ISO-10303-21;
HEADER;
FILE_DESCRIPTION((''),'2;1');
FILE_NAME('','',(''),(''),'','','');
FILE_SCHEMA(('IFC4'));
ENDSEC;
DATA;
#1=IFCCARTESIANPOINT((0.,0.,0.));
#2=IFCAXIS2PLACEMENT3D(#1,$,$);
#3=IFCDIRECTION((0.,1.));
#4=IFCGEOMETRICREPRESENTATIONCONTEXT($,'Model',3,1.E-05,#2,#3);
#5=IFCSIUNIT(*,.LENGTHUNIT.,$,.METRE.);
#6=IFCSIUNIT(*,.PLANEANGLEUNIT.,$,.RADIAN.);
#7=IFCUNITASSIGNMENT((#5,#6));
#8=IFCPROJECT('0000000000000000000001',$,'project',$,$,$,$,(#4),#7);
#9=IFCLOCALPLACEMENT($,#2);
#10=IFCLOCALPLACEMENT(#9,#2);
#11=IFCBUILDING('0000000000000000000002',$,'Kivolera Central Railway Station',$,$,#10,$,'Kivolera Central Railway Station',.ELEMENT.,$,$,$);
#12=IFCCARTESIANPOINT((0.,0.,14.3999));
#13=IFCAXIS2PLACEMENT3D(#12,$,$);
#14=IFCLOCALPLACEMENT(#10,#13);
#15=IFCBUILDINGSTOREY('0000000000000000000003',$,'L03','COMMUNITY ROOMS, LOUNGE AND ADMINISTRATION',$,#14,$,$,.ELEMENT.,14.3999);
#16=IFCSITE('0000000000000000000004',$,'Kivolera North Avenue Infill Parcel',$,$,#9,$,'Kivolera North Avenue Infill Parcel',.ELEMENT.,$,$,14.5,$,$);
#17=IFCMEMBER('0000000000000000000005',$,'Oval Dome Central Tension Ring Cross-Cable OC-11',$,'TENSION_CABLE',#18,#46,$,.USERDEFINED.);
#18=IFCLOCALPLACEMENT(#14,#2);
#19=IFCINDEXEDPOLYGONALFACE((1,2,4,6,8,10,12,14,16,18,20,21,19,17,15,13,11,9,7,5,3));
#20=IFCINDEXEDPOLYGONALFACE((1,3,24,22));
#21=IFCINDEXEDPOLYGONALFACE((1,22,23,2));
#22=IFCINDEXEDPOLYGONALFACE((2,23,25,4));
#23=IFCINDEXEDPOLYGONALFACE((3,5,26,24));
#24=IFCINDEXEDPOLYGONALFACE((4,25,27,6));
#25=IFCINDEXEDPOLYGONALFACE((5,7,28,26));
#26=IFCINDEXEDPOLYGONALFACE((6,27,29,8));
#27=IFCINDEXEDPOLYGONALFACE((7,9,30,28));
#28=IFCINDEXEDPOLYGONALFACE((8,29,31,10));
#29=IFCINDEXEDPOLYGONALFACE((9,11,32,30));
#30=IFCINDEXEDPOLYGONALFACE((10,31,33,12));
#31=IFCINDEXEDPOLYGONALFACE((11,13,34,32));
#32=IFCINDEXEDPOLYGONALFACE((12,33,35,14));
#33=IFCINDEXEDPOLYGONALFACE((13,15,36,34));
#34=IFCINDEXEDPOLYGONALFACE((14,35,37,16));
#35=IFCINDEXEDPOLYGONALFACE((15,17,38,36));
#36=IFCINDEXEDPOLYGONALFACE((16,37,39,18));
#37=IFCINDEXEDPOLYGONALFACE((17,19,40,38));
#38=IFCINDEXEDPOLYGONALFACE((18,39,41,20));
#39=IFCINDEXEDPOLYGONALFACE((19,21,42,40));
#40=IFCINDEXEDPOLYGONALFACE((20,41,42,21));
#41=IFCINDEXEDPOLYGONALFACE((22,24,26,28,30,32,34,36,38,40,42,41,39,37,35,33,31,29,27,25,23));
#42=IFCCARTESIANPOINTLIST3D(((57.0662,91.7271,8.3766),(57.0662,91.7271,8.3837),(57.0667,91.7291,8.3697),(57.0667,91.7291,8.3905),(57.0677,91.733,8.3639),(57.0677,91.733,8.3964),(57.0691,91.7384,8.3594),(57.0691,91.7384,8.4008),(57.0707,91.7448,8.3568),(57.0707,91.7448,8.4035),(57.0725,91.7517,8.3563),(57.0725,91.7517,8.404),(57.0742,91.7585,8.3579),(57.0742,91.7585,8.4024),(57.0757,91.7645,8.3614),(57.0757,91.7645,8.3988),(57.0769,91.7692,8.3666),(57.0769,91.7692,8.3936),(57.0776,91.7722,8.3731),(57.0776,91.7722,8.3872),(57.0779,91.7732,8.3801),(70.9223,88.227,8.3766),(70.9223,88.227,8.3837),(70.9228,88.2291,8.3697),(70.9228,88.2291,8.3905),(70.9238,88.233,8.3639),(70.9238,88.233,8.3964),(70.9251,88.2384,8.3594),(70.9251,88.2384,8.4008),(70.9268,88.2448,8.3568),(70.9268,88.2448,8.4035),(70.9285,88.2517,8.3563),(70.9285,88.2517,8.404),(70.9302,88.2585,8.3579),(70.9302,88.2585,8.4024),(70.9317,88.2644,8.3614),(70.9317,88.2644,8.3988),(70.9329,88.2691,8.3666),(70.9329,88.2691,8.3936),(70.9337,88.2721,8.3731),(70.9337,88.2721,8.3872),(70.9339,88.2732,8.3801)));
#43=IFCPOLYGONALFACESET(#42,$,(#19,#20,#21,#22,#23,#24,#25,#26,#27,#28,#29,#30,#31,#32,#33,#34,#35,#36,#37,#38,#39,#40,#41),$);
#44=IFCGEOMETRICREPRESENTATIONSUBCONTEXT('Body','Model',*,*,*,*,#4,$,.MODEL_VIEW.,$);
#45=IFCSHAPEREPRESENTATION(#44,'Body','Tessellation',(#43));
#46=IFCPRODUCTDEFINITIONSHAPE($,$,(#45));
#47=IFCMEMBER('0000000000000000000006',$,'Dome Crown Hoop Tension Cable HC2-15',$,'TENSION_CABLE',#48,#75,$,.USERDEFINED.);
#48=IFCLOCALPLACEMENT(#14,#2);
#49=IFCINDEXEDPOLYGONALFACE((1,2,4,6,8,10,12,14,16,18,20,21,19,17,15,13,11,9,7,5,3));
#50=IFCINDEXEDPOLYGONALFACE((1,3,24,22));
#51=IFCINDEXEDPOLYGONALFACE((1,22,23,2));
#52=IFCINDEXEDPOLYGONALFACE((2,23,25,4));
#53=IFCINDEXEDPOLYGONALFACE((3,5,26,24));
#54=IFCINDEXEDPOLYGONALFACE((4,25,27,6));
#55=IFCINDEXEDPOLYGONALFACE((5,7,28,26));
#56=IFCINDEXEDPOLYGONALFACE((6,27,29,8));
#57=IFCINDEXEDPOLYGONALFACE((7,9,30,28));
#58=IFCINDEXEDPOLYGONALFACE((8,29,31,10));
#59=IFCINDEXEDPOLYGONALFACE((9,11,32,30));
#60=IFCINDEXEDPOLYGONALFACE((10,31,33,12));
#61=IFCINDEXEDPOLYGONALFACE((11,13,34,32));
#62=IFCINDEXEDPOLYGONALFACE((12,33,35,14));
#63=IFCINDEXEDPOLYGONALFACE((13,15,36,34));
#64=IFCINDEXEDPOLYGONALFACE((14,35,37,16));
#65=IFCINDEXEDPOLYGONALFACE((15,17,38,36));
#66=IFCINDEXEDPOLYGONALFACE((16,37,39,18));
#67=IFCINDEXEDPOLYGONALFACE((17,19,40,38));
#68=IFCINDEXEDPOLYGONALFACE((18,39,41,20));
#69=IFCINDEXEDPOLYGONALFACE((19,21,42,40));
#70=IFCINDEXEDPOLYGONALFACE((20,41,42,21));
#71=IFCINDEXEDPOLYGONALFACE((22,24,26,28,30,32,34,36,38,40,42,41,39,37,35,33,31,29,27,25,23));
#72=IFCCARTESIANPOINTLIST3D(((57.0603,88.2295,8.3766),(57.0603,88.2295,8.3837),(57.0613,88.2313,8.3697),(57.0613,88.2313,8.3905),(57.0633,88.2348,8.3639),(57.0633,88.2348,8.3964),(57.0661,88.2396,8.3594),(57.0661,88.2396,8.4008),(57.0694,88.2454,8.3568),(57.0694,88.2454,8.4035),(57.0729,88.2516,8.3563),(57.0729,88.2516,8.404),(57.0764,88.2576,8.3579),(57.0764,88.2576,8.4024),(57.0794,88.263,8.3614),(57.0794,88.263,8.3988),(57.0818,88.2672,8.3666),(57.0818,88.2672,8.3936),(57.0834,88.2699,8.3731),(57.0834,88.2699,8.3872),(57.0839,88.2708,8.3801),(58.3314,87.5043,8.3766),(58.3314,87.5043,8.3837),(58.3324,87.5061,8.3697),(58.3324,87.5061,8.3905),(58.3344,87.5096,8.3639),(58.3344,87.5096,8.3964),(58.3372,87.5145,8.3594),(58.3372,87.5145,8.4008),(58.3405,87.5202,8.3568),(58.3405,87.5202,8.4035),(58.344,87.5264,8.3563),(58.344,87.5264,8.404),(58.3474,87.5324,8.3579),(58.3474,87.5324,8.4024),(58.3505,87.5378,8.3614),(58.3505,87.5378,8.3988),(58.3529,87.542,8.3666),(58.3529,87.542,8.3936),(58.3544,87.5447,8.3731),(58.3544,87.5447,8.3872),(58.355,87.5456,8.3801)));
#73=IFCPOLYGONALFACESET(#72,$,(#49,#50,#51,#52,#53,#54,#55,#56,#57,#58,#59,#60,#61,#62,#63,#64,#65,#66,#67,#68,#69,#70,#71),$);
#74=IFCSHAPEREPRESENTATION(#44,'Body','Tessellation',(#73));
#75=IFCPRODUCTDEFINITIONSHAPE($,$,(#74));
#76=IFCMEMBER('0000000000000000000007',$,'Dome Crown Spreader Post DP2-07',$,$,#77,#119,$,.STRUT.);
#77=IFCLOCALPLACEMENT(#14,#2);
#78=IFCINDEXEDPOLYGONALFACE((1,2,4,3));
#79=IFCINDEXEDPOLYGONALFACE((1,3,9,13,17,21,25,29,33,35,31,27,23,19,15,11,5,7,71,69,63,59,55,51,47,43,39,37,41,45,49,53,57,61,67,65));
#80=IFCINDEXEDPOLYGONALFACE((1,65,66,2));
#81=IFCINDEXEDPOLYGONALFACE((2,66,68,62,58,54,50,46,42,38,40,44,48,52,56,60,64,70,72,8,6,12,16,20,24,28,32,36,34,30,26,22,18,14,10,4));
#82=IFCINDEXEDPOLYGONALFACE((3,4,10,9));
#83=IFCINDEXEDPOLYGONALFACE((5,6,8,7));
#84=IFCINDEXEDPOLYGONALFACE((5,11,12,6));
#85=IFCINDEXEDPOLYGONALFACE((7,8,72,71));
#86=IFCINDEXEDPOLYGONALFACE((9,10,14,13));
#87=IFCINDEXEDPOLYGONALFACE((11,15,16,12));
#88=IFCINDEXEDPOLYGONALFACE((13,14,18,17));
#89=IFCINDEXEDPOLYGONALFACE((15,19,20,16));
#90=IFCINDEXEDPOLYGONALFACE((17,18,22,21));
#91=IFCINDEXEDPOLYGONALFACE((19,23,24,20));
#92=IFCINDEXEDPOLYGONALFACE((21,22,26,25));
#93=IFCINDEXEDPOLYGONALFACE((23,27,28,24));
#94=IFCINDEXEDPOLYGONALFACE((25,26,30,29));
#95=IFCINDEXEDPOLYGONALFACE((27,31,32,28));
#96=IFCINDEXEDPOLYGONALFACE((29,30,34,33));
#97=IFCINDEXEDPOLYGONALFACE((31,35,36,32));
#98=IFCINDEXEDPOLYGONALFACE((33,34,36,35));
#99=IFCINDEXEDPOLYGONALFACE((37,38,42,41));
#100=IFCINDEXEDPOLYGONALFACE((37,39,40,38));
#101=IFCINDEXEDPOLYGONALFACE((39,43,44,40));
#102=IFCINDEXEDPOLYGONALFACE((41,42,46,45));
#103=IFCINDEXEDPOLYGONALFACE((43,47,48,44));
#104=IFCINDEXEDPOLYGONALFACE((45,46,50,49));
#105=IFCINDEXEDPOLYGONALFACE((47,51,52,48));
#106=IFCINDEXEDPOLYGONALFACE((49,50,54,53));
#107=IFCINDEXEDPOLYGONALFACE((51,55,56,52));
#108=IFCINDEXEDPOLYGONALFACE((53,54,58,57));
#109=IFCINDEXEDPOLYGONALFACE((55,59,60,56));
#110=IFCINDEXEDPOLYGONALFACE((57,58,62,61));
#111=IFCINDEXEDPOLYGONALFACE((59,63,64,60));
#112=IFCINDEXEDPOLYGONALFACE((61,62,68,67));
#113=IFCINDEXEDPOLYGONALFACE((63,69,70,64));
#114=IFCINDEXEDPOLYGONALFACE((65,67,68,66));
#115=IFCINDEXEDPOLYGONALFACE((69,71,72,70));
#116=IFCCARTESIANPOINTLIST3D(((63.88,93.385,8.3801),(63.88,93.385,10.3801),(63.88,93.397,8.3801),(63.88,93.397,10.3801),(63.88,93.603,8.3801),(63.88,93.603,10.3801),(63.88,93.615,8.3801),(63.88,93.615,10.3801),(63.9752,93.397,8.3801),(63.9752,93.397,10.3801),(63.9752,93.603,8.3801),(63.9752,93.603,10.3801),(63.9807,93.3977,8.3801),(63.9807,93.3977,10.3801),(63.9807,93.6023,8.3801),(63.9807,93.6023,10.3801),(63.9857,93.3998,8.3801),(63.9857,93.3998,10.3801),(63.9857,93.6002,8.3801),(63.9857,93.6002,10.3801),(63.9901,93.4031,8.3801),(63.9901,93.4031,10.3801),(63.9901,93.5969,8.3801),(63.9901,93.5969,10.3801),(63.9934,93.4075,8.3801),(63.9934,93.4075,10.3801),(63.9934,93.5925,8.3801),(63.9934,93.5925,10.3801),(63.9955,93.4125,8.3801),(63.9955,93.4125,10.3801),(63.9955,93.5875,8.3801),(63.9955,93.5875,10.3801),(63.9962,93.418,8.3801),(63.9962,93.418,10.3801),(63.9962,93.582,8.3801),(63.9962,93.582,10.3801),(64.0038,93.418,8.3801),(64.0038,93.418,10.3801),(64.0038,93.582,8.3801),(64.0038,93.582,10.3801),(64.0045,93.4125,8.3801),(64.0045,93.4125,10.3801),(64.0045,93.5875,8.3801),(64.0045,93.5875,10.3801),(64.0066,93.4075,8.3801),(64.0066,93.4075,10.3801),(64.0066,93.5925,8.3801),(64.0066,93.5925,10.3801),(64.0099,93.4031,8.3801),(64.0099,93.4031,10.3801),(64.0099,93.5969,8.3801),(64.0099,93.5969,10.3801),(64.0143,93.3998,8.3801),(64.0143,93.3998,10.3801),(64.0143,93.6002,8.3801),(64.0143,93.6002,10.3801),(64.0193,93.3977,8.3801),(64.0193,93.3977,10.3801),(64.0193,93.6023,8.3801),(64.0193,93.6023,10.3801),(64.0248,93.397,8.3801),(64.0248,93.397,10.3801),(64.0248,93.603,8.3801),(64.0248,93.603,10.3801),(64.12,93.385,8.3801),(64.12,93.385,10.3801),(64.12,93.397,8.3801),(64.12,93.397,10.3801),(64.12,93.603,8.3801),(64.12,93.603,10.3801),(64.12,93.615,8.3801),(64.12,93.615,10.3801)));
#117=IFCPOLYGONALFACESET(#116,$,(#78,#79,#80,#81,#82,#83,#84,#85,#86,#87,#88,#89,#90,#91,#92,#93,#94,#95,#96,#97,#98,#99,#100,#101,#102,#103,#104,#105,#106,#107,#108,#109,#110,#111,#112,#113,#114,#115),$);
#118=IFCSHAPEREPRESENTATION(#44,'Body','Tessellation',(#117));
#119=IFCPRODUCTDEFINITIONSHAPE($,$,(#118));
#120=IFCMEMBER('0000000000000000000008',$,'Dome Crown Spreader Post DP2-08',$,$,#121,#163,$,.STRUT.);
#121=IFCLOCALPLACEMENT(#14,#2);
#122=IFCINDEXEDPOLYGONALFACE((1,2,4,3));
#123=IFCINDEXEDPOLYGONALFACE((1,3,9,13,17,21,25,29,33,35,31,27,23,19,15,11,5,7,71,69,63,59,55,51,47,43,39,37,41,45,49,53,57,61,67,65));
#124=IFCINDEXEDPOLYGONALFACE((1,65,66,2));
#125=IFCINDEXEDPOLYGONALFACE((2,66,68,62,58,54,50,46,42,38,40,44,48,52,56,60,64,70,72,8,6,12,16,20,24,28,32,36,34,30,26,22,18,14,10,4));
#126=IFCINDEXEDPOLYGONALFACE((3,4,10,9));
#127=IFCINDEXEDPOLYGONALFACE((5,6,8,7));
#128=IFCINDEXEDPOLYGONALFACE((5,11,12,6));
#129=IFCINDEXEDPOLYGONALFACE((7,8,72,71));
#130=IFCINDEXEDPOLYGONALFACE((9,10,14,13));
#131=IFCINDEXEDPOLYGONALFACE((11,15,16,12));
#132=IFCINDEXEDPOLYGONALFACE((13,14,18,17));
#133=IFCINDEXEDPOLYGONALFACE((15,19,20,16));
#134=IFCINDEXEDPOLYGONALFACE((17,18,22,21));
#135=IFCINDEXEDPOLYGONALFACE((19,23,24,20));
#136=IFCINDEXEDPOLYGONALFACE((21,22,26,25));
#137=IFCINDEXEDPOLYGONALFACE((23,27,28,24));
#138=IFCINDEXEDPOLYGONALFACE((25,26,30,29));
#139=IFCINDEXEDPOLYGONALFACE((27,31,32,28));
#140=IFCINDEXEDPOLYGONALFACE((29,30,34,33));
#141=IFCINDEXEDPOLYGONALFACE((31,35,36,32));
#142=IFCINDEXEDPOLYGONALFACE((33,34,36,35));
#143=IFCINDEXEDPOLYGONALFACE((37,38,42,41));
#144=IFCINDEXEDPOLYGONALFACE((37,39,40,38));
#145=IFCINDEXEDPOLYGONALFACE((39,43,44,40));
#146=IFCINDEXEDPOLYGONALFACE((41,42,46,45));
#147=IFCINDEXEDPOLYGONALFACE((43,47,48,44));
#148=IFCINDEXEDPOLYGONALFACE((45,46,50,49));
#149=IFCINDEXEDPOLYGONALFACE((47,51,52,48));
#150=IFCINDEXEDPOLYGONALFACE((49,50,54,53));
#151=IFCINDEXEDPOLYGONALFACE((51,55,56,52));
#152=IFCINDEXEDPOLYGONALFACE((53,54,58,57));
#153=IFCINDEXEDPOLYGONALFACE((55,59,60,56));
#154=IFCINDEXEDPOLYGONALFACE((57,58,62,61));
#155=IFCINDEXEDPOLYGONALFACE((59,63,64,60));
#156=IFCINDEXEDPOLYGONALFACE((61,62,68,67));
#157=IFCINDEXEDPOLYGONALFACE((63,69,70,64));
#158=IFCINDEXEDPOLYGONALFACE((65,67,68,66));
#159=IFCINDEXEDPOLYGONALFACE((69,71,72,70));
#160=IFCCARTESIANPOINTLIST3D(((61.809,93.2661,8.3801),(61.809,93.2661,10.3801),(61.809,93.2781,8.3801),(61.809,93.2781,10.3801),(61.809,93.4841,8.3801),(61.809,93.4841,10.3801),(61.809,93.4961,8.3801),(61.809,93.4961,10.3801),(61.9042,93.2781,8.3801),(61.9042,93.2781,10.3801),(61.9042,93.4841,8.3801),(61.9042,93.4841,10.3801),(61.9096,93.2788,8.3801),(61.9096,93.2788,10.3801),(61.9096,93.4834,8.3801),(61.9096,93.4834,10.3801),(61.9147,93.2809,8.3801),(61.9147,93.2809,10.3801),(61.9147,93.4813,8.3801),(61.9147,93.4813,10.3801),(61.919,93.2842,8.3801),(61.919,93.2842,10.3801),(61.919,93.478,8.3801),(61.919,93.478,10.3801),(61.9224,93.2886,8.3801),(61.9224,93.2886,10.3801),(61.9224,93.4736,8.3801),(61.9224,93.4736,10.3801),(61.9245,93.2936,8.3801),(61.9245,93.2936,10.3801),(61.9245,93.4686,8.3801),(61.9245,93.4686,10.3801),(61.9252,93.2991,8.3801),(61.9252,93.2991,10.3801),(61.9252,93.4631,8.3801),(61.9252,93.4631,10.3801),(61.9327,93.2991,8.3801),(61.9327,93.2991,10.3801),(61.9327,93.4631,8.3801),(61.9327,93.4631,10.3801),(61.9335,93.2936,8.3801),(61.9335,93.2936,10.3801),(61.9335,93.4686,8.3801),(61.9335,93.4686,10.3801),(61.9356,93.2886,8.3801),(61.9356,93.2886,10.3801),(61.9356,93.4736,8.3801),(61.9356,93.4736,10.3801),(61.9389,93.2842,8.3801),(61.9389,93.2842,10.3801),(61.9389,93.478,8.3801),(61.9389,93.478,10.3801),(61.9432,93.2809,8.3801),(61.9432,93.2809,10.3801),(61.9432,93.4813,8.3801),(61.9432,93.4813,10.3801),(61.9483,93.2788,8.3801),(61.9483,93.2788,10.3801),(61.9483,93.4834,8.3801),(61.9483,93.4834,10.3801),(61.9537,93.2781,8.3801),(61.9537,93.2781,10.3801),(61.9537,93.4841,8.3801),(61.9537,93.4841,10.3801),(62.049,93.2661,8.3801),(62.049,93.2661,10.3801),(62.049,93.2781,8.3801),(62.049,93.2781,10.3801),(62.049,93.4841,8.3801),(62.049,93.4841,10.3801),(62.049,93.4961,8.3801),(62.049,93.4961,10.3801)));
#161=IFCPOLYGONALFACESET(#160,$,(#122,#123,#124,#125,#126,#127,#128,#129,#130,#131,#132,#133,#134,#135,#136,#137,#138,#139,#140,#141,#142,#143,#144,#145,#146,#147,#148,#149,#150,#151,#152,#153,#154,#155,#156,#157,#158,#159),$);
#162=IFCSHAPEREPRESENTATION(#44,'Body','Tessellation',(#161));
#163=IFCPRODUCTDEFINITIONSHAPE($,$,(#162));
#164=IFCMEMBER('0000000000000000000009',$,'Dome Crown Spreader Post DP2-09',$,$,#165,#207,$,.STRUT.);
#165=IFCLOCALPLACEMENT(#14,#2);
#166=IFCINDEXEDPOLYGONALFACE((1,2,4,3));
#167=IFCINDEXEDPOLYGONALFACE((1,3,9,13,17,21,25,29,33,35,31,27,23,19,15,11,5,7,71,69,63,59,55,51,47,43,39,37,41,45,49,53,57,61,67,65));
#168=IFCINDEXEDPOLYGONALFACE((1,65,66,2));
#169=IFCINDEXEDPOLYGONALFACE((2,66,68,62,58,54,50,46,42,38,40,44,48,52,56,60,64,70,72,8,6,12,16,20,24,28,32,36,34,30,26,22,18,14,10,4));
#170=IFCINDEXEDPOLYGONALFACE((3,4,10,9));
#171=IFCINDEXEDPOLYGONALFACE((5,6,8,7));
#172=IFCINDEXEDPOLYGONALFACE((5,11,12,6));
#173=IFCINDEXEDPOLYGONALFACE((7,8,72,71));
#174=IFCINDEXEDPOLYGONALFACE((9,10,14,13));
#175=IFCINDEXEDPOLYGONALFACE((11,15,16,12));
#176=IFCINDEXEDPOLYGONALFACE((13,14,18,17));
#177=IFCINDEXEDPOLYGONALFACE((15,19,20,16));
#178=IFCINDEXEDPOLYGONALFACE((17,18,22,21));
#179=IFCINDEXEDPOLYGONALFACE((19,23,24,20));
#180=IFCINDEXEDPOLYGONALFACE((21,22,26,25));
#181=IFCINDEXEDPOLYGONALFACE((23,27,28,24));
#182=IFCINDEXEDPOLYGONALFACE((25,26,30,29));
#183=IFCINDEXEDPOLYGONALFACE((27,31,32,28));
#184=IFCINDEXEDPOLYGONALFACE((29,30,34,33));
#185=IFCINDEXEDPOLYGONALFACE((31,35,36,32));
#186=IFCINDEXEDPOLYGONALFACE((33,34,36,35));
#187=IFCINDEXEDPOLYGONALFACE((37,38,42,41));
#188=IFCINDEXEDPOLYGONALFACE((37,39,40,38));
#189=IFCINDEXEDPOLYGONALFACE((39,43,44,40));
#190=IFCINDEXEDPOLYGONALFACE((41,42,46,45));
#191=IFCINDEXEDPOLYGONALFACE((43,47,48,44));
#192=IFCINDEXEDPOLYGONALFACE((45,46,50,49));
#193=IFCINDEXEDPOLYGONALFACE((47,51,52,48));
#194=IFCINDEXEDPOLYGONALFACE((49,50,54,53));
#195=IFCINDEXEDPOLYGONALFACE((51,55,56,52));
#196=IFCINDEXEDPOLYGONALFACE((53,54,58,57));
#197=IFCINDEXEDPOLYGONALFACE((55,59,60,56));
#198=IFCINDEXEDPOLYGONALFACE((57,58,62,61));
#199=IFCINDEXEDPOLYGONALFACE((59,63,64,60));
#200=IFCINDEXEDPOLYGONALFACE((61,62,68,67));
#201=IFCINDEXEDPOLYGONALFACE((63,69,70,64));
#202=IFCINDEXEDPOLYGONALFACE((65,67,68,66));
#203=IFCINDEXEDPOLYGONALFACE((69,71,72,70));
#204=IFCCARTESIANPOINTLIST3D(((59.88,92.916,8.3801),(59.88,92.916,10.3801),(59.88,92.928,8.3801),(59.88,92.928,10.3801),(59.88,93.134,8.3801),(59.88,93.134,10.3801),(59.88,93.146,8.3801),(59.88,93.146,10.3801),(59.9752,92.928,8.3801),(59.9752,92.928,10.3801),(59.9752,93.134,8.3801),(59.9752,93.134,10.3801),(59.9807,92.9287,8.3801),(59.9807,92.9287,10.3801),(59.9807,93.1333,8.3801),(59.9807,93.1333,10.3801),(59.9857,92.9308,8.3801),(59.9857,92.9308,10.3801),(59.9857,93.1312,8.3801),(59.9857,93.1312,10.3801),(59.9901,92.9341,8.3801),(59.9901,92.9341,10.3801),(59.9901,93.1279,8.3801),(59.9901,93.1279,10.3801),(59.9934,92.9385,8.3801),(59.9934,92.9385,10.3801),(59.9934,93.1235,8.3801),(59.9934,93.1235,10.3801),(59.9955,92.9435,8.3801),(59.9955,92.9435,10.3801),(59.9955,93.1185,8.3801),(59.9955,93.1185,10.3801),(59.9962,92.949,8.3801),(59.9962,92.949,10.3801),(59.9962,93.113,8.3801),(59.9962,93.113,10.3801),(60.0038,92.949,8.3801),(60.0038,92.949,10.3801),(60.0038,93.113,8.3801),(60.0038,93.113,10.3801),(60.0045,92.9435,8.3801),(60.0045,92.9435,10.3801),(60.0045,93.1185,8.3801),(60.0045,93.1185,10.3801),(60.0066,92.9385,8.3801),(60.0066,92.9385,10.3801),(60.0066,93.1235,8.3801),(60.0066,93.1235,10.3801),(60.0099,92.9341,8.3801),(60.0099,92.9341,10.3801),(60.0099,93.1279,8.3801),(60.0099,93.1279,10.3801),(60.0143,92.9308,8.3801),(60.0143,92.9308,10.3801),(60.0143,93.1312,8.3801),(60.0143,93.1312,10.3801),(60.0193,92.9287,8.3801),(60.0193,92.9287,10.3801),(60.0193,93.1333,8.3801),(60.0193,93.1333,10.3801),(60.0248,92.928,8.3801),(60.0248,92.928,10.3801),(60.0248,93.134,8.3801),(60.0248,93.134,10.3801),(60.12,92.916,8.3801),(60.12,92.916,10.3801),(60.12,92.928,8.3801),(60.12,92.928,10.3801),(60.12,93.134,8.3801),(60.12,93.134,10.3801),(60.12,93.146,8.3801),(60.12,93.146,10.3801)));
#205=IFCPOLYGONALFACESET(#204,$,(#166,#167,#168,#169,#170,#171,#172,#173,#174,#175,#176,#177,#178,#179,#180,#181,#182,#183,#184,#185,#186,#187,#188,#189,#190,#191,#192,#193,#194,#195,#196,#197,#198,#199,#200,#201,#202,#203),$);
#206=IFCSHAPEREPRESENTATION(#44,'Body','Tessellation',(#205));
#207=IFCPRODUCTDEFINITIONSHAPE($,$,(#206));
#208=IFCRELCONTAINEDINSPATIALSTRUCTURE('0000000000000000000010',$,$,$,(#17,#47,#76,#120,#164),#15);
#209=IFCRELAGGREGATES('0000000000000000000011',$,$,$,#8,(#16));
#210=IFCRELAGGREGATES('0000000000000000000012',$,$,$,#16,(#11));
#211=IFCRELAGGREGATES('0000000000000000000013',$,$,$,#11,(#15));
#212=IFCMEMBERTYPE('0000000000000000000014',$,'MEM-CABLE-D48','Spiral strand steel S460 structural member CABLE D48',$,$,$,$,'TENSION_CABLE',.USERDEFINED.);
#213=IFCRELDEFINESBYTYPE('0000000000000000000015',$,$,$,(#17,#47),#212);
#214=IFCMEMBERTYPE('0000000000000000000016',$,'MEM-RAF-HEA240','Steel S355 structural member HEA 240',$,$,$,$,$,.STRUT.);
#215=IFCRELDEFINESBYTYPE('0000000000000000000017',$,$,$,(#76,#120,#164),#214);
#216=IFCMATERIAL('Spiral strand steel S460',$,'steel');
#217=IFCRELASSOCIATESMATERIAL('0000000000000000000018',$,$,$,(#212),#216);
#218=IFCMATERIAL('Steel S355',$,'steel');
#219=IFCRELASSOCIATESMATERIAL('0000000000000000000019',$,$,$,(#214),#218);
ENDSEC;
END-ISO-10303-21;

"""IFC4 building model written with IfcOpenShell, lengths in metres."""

from ifc_helpers import new_model, si_unit, direction, frame, origin, origin_2d, place, context, subcontext, project, spatial, circle, i_section, extrude, material, material_profile, profile_set, type_object, element, save


model = new_model("IFC4")

# Units and contexts
model_context = context("Model", 3, precision=1e-05, world=origin(), true_north=direction((0.0, 1.0)))
body_context = subcontext(model_context, "Body", "Model", "MODEL_VIEW")
ifc_project = project(units=[si_unit("LENGTHUNIT", "METRE"), si_unit("PLANEANGLEUNIT", "RADIAN")], contexts=[model_context])

# Site, building, storey
site_placement = place(None, origin())
site = spatial("IfcSite", under=ifc_project, at=site_placement, Name="Kivolera North Avenue Infill Parcel", LongName="Kivolera North Avenue Infill Parcel", CompositionType="ELEMENT", RefElevation=14.5)
building_placement = place(site_placement, origin())
building = spatial("IfcBuilding", under=site, at=building_placement, Name="Kivolera Central Railway Station", LongName="Kivolera Central Railway Station", CompositionType="ELEMENT")
storey_placement = place(building_placement, frame((0.0, 0.0, 14.3999)))
storey = spatial("IfcBuildingStorey", under=building, at=storey_placement, Name="L03", Description="COMMUNITY ROOMS, LOUNGE AND ADMINISTRATION", CompositionType="ELEMENT", Elevation=14.3999)

# Shared definitions
ifc_material_1 = material(Name="Steel S355", Category="steel")

# Members
ifc_material_2 = material(Name="Spiral strand steel S460", Category="steel")
ifc_material_profile_1 = material_profile(ifc_material_2, circle(Radius=0.0239, at=origin_2d()), Name="CABLE D48")
ifc_profile_set_1 = profile_set([ifc_material_profile_1], Name="Spiral strand steel S460")
member_type_1 = type_object("IfcMemberType", Name="MEM-CABLE-D48", Description="Spiral strand steel S460 structural member CABLE D48", ElementType="TENSION_CABLE", PredefinedType="USERDEFINED", material=ifc_profile_set_1)
member_1_placement = place(storey_placement, frame((57.072, 91.75, 8.3801), z_axis=(0.969547, -0.244906, 0.0), x_axis=(0.244906, 0.969547, 0.0)))
element("IfcMember", 1, at=member_1_placement, inside=storey, type_object=member_type_1, Name="Oval Dome Central Tension Ring Cross-Cable OC-11", ObjectType="TENSION_CABLE", PredefinedType="USERDEFINED", context=body_context, shape_type="SweptSolid", body=[
    extrude(circle(Radius=0.0239, at=origin_2d()), origin(), (0.0, 0.0, 1.0), 14.2913),
])
member_2_placement = place(storey_placement, frame((57.072, 88.25, 8.3801), z_axis=(0.868592, -0.495528, 0.0), x_axis=(0.495528, 0.868592, 0.0)))
element("IfcMember", 2, at=member_2_placement, inside=storey, type_object=member_type_1, Name="Dome Crown Hoop Tension Cable HC2-15", ObjectType="TENSION_CABLE", PredefinedType="USERDEFINED", context=body_context, shape_type="SweptSolid", body=[
    extrude(circle(Radius=0.0239, at=origin_2d()), origin(), (0.0, 0.0, 1.0), 1.4634),
])
ifc_material_profile_2 = material_profile(ifc_material_1, i_section(OverallWidth=0.24, OverallDepth=0.23, WebThickness=0.0076, FlangeThickness=0.012, FilletRadius=0.021, at=origin_2d()), Name="HEA 240")
ifc_profile_set_2 = profile_set([ifc_material_profile_2], Name="Steel S355")
member_type_2 = type_object("IfcMemberType", Name="MEM-RAF-HEA240", Description="Steel S355 structural member HEA 240", PredefinedType="STRUT", material=ifc_profile_set_2)
for number, where, z_axis, x_axis, name in (
    (3, (64.0, 93.5, 8.3801), (0.0, 0.0, 1.0), (1.0, 0.0, 0.0), "Dome Crown Spreader Post DP2-07"),
    (4, (61.929, 93.3811, 8.3801), (0.0, 0.0, 1.0), (1.0, 0.0, 0.0), "Dome Crown Spreader Post DP2-08"),
    (5, (60.0, 93.031, 8.3801), (0.0, 0.0, 1.0), (1.0, 0.0, 0.0), "Dome Crown Spreader Post DP2-09"),
):
    element("IfcMember", number, at=place(storey_placement, frame(where, z_axis=z_axis, x_axis=x_axis)), inside=storey, type_object=member_type_2, Name=name, PredefinedType="STRUT", context=body_context, shape_type="SweptSolid", body=[
        extrude(i_section(OverallWidth=0.24, OverallDepth=0.23, WebThickness=0.0076, FlangeThickness=0.012, FilletRadius=0.021, at=origin_2d()), origin(), (0.0, 0.0, 1.0), 2.0),
    ])

save(model, "model.ifc")
